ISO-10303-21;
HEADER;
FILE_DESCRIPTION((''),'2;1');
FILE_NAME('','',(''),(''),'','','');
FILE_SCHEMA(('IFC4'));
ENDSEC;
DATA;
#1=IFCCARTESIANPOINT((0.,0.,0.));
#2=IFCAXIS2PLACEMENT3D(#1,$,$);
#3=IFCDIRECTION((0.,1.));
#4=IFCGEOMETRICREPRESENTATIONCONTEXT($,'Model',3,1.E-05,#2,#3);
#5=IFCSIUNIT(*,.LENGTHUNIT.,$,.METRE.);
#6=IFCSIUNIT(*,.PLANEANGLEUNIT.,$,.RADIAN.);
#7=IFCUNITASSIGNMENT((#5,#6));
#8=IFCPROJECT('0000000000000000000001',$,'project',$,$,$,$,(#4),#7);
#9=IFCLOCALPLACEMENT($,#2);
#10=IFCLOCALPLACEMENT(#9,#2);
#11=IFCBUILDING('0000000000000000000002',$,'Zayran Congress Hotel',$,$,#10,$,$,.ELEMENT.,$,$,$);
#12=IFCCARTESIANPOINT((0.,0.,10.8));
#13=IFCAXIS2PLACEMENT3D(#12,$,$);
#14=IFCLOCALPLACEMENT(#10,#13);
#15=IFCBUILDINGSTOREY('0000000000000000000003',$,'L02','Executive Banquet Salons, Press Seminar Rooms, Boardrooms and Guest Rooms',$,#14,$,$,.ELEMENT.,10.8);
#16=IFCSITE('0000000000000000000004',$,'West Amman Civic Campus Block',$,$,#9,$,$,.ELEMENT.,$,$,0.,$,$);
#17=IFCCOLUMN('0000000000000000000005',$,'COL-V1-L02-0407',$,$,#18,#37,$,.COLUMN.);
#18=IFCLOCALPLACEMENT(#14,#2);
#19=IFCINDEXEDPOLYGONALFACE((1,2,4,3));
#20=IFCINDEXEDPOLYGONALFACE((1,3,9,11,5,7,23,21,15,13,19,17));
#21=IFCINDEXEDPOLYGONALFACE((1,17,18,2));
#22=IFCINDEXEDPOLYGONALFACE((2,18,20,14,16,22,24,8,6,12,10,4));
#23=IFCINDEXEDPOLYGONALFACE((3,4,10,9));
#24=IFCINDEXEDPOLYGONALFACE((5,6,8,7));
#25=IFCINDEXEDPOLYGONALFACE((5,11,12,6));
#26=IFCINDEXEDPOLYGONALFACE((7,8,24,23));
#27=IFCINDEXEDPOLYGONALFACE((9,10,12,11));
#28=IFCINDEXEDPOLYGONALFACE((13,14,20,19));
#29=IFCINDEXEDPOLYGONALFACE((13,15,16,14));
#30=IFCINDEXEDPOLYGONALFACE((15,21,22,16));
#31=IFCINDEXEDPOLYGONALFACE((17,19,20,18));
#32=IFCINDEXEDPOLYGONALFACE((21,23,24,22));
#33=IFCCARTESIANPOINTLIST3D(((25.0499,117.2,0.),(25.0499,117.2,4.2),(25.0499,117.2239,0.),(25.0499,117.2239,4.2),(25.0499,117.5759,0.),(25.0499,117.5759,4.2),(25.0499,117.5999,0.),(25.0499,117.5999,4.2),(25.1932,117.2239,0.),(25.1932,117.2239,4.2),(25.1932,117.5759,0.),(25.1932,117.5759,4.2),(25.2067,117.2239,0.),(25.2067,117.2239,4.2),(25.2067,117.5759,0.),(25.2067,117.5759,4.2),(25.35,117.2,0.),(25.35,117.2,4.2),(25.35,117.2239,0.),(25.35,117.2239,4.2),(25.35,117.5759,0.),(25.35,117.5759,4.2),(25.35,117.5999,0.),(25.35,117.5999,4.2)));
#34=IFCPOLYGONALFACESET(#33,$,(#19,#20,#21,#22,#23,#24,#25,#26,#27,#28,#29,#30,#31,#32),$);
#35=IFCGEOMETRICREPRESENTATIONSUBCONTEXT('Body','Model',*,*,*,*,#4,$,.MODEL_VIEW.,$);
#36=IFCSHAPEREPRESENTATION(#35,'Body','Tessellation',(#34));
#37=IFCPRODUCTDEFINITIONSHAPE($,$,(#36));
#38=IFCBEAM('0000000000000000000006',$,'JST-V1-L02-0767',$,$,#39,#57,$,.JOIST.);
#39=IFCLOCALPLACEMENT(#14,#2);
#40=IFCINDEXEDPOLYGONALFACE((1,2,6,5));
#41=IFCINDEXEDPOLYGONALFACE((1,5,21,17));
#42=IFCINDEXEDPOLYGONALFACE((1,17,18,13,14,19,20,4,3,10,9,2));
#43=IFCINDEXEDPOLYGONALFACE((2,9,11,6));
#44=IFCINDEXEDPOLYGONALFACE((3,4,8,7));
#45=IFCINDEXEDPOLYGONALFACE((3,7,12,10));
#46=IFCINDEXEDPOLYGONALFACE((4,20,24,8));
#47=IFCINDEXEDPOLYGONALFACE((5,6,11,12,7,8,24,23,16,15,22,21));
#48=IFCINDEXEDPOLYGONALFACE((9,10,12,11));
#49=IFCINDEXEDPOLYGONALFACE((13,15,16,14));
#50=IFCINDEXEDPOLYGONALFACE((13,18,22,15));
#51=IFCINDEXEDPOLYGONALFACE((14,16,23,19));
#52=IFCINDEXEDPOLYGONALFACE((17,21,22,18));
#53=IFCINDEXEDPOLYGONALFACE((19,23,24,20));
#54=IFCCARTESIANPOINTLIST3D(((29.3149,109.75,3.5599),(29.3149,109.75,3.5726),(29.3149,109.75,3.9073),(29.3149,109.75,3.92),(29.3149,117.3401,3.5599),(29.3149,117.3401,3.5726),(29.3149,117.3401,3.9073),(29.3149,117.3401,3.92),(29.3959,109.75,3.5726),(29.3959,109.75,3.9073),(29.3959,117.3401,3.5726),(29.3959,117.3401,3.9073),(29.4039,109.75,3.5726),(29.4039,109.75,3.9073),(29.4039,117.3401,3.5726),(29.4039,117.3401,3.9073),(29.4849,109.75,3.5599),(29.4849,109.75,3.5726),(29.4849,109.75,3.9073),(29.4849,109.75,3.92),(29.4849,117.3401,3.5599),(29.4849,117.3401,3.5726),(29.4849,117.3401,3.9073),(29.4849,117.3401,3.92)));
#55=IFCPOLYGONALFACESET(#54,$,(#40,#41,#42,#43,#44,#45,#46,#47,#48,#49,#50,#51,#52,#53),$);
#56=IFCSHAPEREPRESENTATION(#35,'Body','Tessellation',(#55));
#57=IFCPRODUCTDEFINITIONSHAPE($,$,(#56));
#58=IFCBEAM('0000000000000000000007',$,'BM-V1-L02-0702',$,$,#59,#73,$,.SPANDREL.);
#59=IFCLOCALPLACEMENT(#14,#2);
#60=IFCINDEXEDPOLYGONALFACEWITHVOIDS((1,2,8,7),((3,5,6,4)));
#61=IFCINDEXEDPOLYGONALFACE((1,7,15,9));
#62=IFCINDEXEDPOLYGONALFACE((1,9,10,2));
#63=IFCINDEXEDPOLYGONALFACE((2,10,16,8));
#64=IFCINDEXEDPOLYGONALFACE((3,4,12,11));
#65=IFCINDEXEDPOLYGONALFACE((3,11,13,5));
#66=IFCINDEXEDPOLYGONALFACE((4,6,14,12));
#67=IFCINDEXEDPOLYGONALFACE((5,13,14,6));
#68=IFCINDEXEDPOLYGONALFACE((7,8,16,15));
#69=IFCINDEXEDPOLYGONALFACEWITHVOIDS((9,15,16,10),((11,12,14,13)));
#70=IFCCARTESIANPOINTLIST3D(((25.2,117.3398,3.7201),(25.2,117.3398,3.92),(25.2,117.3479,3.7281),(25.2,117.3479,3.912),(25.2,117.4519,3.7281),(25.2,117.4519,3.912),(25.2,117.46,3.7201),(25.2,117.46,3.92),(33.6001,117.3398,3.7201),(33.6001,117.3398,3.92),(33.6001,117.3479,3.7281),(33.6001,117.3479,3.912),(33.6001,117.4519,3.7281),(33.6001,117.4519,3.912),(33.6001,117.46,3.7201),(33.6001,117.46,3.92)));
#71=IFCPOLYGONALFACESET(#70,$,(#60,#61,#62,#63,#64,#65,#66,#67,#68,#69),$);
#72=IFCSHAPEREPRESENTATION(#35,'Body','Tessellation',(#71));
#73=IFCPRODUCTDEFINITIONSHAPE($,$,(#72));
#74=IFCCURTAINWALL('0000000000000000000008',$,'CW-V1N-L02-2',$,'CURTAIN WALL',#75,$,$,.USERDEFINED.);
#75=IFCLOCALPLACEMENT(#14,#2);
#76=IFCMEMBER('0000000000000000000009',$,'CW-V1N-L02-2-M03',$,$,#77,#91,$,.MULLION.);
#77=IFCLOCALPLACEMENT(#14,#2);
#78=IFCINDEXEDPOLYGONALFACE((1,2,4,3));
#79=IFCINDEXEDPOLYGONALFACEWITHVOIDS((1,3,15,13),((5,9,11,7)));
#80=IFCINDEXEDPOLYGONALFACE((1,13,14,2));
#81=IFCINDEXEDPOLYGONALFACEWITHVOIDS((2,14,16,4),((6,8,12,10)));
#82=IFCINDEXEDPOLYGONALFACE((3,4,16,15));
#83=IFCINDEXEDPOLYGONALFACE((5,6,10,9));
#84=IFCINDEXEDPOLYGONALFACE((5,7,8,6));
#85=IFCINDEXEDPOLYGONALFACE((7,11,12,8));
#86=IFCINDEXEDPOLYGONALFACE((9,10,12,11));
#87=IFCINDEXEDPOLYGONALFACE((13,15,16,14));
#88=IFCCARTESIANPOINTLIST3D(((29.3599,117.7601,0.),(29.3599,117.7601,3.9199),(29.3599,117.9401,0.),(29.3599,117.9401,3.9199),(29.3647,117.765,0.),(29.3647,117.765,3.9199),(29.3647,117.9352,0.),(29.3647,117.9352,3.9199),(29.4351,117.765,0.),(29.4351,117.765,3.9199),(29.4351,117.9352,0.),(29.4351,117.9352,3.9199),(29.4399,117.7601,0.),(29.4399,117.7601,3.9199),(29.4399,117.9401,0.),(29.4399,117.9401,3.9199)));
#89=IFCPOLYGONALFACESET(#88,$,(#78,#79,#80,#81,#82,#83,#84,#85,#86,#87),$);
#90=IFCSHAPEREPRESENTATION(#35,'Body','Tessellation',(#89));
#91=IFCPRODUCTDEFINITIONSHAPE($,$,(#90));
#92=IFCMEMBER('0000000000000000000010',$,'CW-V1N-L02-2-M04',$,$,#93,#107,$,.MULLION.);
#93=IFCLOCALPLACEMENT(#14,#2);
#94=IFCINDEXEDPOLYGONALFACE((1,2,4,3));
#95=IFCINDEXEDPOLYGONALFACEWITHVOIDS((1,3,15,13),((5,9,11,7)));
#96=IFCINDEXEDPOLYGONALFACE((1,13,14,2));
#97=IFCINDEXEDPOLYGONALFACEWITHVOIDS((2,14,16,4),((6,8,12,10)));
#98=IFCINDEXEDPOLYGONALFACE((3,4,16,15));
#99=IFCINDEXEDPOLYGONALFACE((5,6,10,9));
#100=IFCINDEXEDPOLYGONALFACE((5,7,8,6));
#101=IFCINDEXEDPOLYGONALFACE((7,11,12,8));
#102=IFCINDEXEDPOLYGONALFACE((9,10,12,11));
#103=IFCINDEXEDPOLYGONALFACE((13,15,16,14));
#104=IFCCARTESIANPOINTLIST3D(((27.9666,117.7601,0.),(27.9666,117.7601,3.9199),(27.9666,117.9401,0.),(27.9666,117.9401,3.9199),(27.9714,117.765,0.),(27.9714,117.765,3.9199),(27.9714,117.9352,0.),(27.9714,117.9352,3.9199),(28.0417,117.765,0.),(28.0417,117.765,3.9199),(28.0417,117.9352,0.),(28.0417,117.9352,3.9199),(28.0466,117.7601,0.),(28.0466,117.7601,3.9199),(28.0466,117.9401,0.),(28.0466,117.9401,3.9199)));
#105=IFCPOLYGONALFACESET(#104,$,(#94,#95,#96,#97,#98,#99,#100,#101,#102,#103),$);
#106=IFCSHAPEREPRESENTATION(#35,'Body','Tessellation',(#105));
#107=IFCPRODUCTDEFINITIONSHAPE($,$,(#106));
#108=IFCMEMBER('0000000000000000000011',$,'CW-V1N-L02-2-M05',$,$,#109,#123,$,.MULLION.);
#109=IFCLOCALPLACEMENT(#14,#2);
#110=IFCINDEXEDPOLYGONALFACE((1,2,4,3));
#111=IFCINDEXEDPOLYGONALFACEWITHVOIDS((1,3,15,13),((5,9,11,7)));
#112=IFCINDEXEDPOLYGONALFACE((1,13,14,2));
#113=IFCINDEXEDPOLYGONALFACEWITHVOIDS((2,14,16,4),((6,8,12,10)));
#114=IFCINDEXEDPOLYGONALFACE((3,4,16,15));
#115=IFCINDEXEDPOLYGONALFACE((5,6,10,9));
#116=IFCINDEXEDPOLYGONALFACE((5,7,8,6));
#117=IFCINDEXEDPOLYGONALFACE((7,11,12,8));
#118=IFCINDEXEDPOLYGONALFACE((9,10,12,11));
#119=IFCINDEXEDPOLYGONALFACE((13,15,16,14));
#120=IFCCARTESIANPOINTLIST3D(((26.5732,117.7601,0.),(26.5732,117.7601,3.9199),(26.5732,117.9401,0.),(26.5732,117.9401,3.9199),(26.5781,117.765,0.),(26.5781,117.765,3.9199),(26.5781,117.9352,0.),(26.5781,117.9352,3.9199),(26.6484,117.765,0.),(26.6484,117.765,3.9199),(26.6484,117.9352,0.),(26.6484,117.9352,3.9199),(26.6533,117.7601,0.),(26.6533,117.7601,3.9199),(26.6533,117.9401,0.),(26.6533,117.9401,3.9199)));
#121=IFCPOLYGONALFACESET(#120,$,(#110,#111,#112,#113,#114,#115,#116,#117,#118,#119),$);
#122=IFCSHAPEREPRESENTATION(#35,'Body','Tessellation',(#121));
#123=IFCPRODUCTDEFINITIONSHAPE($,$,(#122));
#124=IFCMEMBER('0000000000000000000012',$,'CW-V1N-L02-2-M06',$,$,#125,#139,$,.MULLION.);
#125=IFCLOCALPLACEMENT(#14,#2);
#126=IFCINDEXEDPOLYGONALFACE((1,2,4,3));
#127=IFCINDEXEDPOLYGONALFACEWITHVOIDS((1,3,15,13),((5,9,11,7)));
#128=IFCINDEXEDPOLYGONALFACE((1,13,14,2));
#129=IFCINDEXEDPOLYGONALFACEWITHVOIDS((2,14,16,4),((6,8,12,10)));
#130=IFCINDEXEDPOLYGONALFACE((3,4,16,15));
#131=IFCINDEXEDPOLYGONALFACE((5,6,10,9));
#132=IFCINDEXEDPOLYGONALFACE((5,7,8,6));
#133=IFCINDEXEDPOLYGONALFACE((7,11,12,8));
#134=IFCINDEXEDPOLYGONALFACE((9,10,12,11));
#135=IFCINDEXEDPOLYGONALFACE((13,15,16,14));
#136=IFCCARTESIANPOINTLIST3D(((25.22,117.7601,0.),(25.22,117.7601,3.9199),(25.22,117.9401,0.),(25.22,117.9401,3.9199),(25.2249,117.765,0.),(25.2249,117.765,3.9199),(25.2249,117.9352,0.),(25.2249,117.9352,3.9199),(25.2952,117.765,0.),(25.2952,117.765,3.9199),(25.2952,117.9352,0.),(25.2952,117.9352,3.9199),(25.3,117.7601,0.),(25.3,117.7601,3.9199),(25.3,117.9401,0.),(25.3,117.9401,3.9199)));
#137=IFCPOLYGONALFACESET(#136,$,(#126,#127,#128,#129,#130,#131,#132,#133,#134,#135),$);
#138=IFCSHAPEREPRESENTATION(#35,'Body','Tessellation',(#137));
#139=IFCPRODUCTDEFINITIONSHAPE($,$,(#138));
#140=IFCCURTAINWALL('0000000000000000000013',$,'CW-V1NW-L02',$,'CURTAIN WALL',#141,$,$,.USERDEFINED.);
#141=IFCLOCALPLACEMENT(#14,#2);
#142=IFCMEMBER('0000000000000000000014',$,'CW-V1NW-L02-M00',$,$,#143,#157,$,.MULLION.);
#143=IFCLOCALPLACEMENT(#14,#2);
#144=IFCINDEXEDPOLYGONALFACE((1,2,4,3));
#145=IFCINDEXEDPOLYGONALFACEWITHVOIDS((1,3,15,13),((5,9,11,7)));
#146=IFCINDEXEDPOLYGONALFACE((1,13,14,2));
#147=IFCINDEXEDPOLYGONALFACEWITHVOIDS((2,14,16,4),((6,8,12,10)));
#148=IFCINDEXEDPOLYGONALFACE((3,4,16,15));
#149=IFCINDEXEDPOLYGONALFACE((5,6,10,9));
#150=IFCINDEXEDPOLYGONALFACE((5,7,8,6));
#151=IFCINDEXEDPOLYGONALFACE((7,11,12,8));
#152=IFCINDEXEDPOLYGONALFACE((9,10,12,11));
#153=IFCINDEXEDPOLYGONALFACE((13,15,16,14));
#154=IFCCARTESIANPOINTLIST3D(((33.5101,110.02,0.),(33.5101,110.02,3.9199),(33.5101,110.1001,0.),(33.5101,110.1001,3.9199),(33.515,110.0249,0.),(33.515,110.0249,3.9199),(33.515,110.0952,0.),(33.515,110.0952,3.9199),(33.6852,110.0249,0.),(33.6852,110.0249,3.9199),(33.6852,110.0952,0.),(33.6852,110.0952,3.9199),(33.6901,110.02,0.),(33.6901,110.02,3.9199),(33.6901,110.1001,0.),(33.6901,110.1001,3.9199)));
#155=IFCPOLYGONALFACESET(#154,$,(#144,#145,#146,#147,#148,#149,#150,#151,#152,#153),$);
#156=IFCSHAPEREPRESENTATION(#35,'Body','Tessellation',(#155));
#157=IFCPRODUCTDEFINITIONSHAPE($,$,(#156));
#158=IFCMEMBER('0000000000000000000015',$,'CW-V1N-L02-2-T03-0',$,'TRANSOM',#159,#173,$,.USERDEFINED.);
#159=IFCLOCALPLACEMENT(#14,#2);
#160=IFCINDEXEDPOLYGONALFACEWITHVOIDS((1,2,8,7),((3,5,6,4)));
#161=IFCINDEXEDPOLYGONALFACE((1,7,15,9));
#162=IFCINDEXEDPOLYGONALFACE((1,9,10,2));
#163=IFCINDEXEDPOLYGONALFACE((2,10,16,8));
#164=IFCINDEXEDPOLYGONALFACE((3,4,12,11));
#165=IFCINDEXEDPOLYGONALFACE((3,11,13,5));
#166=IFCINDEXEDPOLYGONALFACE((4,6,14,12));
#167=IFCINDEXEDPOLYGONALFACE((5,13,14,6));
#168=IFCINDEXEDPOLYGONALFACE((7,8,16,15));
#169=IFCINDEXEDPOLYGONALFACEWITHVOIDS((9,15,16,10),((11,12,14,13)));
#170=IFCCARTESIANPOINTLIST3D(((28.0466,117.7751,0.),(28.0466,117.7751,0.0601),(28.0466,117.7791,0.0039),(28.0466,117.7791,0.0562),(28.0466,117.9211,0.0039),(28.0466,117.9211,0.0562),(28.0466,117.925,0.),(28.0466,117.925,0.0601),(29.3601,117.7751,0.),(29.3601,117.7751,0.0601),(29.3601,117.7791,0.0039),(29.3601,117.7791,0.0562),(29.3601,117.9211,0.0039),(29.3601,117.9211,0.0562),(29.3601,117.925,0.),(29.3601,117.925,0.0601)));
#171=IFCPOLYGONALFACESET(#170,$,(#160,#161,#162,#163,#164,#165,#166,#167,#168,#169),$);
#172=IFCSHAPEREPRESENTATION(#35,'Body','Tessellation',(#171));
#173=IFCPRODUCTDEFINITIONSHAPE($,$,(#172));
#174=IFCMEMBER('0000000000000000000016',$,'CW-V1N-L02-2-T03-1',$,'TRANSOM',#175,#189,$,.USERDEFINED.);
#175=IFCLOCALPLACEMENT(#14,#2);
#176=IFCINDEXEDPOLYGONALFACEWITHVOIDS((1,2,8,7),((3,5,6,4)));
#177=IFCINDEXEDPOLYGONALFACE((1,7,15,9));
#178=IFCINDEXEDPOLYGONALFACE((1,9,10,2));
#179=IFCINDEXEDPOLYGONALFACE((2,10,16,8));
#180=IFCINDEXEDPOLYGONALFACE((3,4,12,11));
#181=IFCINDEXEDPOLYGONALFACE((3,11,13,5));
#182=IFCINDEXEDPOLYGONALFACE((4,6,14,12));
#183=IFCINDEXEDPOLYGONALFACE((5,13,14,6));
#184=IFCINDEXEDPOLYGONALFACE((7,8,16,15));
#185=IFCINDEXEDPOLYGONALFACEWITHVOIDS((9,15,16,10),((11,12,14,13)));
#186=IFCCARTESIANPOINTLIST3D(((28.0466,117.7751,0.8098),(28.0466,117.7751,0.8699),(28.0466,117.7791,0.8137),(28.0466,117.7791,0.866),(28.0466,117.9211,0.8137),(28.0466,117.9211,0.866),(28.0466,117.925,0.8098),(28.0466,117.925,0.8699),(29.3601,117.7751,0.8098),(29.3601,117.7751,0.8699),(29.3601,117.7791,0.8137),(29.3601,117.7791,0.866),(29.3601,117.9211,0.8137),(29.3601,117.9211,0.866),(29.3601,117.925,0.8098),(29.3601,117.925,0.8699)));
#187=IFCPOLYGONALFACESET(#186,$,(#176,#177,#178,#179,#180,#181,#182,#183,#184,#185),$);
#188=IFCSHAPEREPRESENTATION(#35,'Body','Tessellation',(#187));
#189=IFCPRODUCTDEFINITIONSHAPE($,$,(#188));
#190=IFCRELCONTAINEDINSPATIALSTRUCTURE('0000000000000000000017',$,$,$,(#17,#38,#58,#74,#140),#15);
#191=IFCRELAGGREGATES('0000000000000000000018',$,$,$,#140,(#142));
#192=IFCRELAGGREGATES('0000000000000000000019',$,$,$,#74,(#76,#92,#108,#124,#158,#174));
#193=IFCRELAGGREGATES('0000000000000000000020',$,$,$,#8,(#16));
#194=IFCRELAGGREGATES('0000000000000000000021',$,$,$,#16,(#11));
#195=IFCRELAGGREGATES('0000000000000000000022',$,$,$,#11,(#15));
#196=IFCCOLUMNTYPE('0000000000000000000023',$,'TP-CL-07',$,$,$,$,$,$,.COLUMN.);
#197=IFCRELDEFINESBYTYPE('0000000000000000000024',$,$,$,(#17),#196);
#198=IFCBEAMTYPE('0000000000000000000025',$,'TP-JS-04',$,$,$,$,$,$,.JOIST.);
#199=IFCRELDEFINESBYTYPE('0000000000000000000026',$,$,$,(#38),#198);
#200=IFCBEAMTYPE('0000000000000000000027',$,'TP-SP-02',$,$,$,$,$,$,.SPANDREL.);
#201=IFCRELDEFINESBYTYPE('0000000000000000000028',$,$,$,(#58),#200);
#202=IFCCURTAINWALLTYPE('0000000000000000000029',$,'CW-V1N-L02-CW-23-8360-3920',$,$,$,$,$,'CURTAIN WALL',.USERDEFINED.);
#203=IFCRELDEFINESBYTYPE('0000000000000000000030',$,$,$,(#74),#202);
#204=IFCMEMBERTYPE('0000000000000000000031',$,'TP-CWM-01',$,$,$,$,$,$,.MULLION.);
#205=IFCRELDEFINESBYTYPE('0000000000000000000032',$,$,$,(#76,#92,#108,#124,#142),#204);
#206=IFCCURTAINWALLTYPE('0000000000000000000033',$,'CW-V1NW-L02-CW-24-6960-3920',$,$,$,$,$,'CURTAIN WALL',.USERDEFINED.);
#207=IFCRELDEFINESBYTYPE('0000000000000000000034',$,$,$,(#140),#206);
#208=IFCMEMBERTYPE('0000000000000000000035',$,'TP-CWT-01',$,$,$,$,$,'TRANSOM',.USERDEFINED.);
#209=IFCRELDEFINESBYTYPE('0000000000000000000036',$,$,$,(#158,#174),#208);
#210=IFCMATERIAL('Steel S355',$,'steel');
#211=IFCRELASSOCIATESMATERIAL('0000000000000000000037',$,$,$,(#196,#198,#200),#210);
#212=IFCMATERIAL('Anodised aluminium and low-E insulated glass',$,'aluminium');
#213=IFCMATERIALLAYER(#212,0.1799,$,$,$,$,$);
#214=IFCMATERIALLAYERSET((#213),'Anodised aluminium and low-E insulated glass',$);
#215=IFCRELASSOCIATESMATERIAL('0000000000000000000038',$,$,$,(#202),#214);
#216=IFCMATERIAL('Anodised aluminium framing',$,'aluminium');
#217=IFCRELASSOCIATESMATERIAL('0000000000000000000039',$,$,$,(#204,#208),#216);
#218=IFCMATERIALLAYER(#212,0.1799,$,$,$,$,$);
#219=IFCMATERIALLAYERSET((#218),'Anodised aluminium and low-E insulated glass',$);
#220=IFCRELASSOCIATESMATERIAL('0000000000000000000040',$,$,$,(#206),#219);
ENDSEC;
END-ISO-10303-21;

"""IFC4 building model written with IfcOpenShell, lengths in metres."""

from ifc_helpers import new_model, si_unit, direction, frame, origin, origin_2d, place, context, subcontext, project, spatial, hollow_rectangle, i_section, extrude, material, layer, layer_set, material_profile, profile_set, type_object, element, aggregate, save


model = new_model("IFC4")

# Units and contexts
model_context = context("Model", 3, precision=1e-05, world=origin(), true_north=direction((0.0, 1.0)))
body_context = subcontext(model_context, "Body", "Model", "MODEL_VIEW")
ifc_project = project(units=[si_unit("LENGTHUNIT", "METRE"), si_unit("PLANEANGLEUNIT", "RADIAN")], contexts=[model_context])

# Site, building, storey
site_placement = place(None, origin())
site = spatial("IfcSite", under=ifc_project, at=site_placement, Name="West Amman Civic Campus Block", CompositionType="ELEMENT", RefElevation=0.0)
building_placement = place(site_placement, origin())
building = spatial("IfcBuilding", under=site, at=building_placement, Name="Zayran Congress Hotel", CompositionType="ELEMENT")
storey_placement = place(building_placement, frame((0.0, 0.0, 10.8)))
storey = spatial("IfcBuildingStorey", under=building, at=storey_placement, Name="L02", Description="Executive Banquet Salons, Press Seminar Rooms, Boardrooms and Guest Rooms", CompositionType="ELEMENT", Elevation=10.8)

# Column
ifc_material_1 = material(Name="Steel S355", Category="steel")
ifc_material_profile_1 = material_profile(ifc_material_1, i_section(OverallWidth=0.3, OverallDepth=0.3999, WebThickness=0.0134, FlangeThickness=0.0239, at=origin_2d()), Name="HEB 400")
ifc_profile_set_1 = profile_set([ifc_material_profile_1], Name="Steel S355")
column_type = type_object("IfcColumnType", Name="TP-CL-07", PredefinedType="COLUMN", material=ifc_profile_set_1)
column_placement = place(storey_placement, frame((25.2, 117.3999, 0.0), z_axis=(0.0, 0.0, 1.0), x_axis=(1.0, 0.0, 0.0)))
element("IfcColumn", 1, at=column_placement, inside=storey, type_object=column_type, Name="COL-V1-L02-0407", PredefinedType="COLUMN", context=body_context, shape_type="SweptSolid", body=[
    extrude(i_section(OverallWidth=0.3, OverallDepth=0.3999, WebThickness=0.0134, FlangeThickness=0.0239, at=origin_2d()), origin(), (0.0, 0.0, 1.0), 4.2),
])

# Beams
ifc_material_profile_2 = material_profile(ifc_material_1, i_section(OverallWidth=0.1699, OverallDepth=0.3601, WebThickness=0.0081, FlangeThickness=0.0127, at=origin_2d()), Name="IPE 360")
ifc_profile_set_2 = profile_set([ifc_material_profile_2], Name="Steel S355")
beam_type_1 = type_object("IfcBeamType", Name="TP-JS-04", PredefinedType="JOIST", material=ifc_profile_set_2)
beam_1_placement = place(storey_placement, frame((29.3999, 109.75, 3.74), z_axis=(0.0, 1.0, 0.0), x_axis=(-1.0, 0.0, 0.0)))
element("IfcBeam", 2, at=beam_1_placement, inside=storey, type_object=beam_type_1, Name="JST-V1-L02-0767", PredefinedType="JOIST", context=body_context, shape_type="SweptSolid", body=[
    extrude(i_section(OverallWidth=0.1699, OverallDepth=0.3601, WebThickness=0.0081, FlangeThickness=0.0127, at=origin_2d()), origin(), (0.0, 0.0, 1.0), 7.5901),
])
ifc_material_profile_3 = material_profile(ifc_material_1, hollow_rectangle(XDim=0.1201, YDim=0.2, WallThickness=0.0081, at=origin_2d()), Name="RHS 200x120x8")
ifc_profile_set_3 = profile_set([ifc_material_profile_3], Name="Steel S355")
beam_type_2 = type_object("IfcBeamType", Name="TP-SP-02", PredefinedType="SPANDREL", material=ifc_profile_set_3)
beam_2_placement = place(storey_placement, frame((25.2, 117.3999, 3.8201), z_axis=(1.0, 0.0, 0.0), x_axis=(0.0, 1.0, 0.0)))
element("IfcBeam", 3, at=beam_2_placement, inside=storey, type_object=beam_type_2, Name="BM-V1-L02-0702", PredefinedType="SPANDREL", context=body_context, shape_type="SweptSolid", body=[
    extrude(hollow_rectangle(XDim=0.1201, YDim=0.2, WallThickness=0.0081, at=origin_2d()), origin(), (0.0, 0.0, 1.0), 8.4001),
])

# Curtain wall, members
ifc_material_2 = material(Name="Anodised aluminium and low-E insulated glass", Category="aluminium")
ifc_layer_1 = layer(ifc_material_2, 0.1799)
ifc_layer_set_1 = layer_set([ifc_layer_1], Name="Anodised aluminium and low-E insulated glass")
curtain_wall_type_1 = type_object("IfcCurtainWallType", Name="CW-V1N-L02-CW-23-8360-3920", ElementType="CURTAIN WALL", PredefinedType="USERDEFINED", material=ifc_layer_set_1)
curtain_wall_1_placement = place(storey_placement, origin())
curtain_wall_1 = element("IfcCurtainWall", 4, at=curtain_wall_1_placement, inside=storey, type_object=curtain_wall_type_1, Name="CW-V1N-L02-2", ObjectType="CURTAIN WALL", PredefinedType="USERDEFINED")
ifc_material_3 = material(Name="Anodised aluminium framing", Category="aluminium")
ifc_material_profile_4 = material_profile(ifc_material_3, hollow_rectangle(XDim=0.0801, YDim=0.1799, WallThickness=0.0049, at=origin_2d()), Name="RHS 180x80x5")
ifc_profile_set_4 = profile_set([ifc_material_profile_4], Name="Anodised aluminium framing")
member_type_1 = type_object("IfcMemberType", Name="TP-CWM-01", PredefinedType="MULLION", material=ifc_profile_set_4)
member_1_placement = place(storey_placement, frame((29.3999, 117.8501, 0.0), z_axis=(0.0, 0.0, 1.0), x_axis=(1.0, 0.0, 0.0)))
member_1 = element("IfcMember", 5, at=member_1_placement, type_object=member_type_1, Name="CW-V1N-L02-2-M03", PredefinedType="MULLION", context=body_context, shape_type="SweptSolid", body=[
    extrude(hollow_rectangle(XDim=0.0801, YDim=0.1799, WallThickness=0.0049, at=origin_2d()), origin(), (0.0, 0.0, 1.0), 3.9199),
])
member_2_placement = place(storey_placement, frame((28.0066, 117.8501, 0.0), z_axis=(0.0, 0.0, 1.0), x_axis=(1.0, 0.0, 0.0)))
member_2 = element("IfcMember", 6, at=member_2_placement, type_object=member_type_1, Name="CW-V1N-L02-2-M04", PredefinedType="MULLION", context=body_context, shape_type="SweptSolid", body=[
    extrude(hollow_rectangle(XDim=0.0801, YDim=0.1799, WallThickness=0.0049, at=origin_2d()), origin(), (0.0, 0.0, 1.0), 3.9199),
])
member_3_placement = place(storey_placement, frame((26.6133, 117.8501, 0.0), z_axis=(0.0, 0.0, 1.0), x_axis=(1.0, 0.0, 0.0)))
member_3 = element("IfcMember", 7, at=member_3_placement, type_object=member_type_1, Name="CW-V1N-L02-2-M05", PredefinedType="MULLION", context=body_context, shape_type="SweptSolid", body=[
    extrude(hollow_rectangle(XDim=0.0801, YDim=0.1799, WallThickness=0.0049, at=origin_2d()), origin(), (0.0, 0.0, 1.0), 3.9199),
])
member_4_placement = place(storey_placement, frame((25.26, 117.8501, 0.0), z_axis=(0.0, 0.0, 1.0), x_axis=(1.0, 0.0, 0.0)))
member_4 = element("IfcMember", 8, at=member_4_placement, type_object=member_type_1, Name="CW-V1N-L02-2-M06", PredefinedType="MULLION", context=body_context, shape_type="SweptSolid", body=[
    extrude(hollow_rectangle(XDim=0.0801, YDim=0.1799, WallThickness=0.0049, at=origin_2d()), origin(), (0.0, 0.0, 1.0), 3.9199),
])

# Curtain wall, member
ifc_layer_2 = layer(ifc_material_2, 0.1799)
ifc_layer_set_2 = layer_set([ifc_layer_2], Name="Anodised aluminium and low-E insulated glass")
curtain_wall_type_2 = type_object("IfcCurtainWallType", Name="CW-V1NW-L02-CW-24-6960-3920", ElementType="CURTAIN WALL", PredefinedType="USERDEFINED", material=ifc_layer_set_2)
curtain_wall_2_placement = place(storey_placement, origin())
curtain_wall_2 = element("IfcCurtainWall", 9, at=curtain_wall_2_placement, inside=storey, type_object=curtain_wall_type_2, Name="CW-V1NW-L02", ObjectType="CURTAIN WALL", PredefinedType="USERDEFINED")
member_5_placement = place(storey_placement, frame((33.6001, 110.0601, 0.0), z_axis=(0.0, 0.0, 1.0), x_axis=(0.0, 1.0, 0.0)))
member_5 = element("IfcMember", 10, at=member_5_placement, type_object=member_type_1, Name="CW-V1NW-L02-M00", PredefinedType="MULLION", context=body_context, shape_type="SweptSolid", body=[
    extrude(hollow_rectangle(XDim=0.0801, YDim=0.1799, WallThickness=0.0049, at=origin_2d()), origin(), (0.0, 0.0, 1.0), 3.9199),
])

# Members
ifc_material_profile_5 = material_profile(ifc_material_3, hollow_rectangle(XDim=0.0601, YDim=0.1499, WallThickness=0.0039, at=origin_2d()), Name="RHS 150x60x4")
ifc_profile_set_5 = profile_set([ifc_material_profile_5], Name="Anodised aluminium framing")
member_type_2 = type_object("IfcMemberType", Name="TP-CWT-01", ElementType="TRANSOM", PredefinedType="USERDEFINED", material=ifc_profile_set_5)
member_6_placement = place(storey_placement, frame((29.3601, 117.8501, 0.03), z_axis=(-1.0, 0.0, 0.0), x_axis=(0.0, 0.0, 1.0)))
member_6 = element("IfcMember", 11, at=member_6_placement, type_object=member_type_2, Name="CW-V1N-L02-2-T03-0", ObjectType="TRANSOM", PredefinedType="USERDEFINED", context=body_context, shape_type="SweptSolid", body=[
    extrude(hollow_rectangle(XDim=0.0601, YDim=0.1499, WallThickness=0.0039, at=origin_2d()), origin(), (0.0, 0.0, 1.0), 1.3135),
])
member_7_placement = place(storey_placement, frame((29.3601, 117.8501, 0.8398), z_axis=(-1.0, 0.0, 0.0), x_axis=(0.0, 0.0, 1.0)))
member_7 = element("IfcMember", 12, at=member_7_placement, type_object=member_type_2, Name="CW-V1N-L02-2-T03-1", ObjectType="TRANSOM", PredefinedType="USERDEFINED", context=body_context, shape_type="SweptSolid", body=[
    extrude(hollow_rectangle(XDim=0.0601, YDim=0.1499, WallThickness=0.0039, at=origin_2d()), origin(), (0.0, 0.0, 1.0), 1.3135),
])
aggregate(curtain_wall_2, [member_5])

aggregate(curtain_wall_1, [member_1, member_2, member_3, member_4, member_6, member_7])

save(model, "model.ifc")
